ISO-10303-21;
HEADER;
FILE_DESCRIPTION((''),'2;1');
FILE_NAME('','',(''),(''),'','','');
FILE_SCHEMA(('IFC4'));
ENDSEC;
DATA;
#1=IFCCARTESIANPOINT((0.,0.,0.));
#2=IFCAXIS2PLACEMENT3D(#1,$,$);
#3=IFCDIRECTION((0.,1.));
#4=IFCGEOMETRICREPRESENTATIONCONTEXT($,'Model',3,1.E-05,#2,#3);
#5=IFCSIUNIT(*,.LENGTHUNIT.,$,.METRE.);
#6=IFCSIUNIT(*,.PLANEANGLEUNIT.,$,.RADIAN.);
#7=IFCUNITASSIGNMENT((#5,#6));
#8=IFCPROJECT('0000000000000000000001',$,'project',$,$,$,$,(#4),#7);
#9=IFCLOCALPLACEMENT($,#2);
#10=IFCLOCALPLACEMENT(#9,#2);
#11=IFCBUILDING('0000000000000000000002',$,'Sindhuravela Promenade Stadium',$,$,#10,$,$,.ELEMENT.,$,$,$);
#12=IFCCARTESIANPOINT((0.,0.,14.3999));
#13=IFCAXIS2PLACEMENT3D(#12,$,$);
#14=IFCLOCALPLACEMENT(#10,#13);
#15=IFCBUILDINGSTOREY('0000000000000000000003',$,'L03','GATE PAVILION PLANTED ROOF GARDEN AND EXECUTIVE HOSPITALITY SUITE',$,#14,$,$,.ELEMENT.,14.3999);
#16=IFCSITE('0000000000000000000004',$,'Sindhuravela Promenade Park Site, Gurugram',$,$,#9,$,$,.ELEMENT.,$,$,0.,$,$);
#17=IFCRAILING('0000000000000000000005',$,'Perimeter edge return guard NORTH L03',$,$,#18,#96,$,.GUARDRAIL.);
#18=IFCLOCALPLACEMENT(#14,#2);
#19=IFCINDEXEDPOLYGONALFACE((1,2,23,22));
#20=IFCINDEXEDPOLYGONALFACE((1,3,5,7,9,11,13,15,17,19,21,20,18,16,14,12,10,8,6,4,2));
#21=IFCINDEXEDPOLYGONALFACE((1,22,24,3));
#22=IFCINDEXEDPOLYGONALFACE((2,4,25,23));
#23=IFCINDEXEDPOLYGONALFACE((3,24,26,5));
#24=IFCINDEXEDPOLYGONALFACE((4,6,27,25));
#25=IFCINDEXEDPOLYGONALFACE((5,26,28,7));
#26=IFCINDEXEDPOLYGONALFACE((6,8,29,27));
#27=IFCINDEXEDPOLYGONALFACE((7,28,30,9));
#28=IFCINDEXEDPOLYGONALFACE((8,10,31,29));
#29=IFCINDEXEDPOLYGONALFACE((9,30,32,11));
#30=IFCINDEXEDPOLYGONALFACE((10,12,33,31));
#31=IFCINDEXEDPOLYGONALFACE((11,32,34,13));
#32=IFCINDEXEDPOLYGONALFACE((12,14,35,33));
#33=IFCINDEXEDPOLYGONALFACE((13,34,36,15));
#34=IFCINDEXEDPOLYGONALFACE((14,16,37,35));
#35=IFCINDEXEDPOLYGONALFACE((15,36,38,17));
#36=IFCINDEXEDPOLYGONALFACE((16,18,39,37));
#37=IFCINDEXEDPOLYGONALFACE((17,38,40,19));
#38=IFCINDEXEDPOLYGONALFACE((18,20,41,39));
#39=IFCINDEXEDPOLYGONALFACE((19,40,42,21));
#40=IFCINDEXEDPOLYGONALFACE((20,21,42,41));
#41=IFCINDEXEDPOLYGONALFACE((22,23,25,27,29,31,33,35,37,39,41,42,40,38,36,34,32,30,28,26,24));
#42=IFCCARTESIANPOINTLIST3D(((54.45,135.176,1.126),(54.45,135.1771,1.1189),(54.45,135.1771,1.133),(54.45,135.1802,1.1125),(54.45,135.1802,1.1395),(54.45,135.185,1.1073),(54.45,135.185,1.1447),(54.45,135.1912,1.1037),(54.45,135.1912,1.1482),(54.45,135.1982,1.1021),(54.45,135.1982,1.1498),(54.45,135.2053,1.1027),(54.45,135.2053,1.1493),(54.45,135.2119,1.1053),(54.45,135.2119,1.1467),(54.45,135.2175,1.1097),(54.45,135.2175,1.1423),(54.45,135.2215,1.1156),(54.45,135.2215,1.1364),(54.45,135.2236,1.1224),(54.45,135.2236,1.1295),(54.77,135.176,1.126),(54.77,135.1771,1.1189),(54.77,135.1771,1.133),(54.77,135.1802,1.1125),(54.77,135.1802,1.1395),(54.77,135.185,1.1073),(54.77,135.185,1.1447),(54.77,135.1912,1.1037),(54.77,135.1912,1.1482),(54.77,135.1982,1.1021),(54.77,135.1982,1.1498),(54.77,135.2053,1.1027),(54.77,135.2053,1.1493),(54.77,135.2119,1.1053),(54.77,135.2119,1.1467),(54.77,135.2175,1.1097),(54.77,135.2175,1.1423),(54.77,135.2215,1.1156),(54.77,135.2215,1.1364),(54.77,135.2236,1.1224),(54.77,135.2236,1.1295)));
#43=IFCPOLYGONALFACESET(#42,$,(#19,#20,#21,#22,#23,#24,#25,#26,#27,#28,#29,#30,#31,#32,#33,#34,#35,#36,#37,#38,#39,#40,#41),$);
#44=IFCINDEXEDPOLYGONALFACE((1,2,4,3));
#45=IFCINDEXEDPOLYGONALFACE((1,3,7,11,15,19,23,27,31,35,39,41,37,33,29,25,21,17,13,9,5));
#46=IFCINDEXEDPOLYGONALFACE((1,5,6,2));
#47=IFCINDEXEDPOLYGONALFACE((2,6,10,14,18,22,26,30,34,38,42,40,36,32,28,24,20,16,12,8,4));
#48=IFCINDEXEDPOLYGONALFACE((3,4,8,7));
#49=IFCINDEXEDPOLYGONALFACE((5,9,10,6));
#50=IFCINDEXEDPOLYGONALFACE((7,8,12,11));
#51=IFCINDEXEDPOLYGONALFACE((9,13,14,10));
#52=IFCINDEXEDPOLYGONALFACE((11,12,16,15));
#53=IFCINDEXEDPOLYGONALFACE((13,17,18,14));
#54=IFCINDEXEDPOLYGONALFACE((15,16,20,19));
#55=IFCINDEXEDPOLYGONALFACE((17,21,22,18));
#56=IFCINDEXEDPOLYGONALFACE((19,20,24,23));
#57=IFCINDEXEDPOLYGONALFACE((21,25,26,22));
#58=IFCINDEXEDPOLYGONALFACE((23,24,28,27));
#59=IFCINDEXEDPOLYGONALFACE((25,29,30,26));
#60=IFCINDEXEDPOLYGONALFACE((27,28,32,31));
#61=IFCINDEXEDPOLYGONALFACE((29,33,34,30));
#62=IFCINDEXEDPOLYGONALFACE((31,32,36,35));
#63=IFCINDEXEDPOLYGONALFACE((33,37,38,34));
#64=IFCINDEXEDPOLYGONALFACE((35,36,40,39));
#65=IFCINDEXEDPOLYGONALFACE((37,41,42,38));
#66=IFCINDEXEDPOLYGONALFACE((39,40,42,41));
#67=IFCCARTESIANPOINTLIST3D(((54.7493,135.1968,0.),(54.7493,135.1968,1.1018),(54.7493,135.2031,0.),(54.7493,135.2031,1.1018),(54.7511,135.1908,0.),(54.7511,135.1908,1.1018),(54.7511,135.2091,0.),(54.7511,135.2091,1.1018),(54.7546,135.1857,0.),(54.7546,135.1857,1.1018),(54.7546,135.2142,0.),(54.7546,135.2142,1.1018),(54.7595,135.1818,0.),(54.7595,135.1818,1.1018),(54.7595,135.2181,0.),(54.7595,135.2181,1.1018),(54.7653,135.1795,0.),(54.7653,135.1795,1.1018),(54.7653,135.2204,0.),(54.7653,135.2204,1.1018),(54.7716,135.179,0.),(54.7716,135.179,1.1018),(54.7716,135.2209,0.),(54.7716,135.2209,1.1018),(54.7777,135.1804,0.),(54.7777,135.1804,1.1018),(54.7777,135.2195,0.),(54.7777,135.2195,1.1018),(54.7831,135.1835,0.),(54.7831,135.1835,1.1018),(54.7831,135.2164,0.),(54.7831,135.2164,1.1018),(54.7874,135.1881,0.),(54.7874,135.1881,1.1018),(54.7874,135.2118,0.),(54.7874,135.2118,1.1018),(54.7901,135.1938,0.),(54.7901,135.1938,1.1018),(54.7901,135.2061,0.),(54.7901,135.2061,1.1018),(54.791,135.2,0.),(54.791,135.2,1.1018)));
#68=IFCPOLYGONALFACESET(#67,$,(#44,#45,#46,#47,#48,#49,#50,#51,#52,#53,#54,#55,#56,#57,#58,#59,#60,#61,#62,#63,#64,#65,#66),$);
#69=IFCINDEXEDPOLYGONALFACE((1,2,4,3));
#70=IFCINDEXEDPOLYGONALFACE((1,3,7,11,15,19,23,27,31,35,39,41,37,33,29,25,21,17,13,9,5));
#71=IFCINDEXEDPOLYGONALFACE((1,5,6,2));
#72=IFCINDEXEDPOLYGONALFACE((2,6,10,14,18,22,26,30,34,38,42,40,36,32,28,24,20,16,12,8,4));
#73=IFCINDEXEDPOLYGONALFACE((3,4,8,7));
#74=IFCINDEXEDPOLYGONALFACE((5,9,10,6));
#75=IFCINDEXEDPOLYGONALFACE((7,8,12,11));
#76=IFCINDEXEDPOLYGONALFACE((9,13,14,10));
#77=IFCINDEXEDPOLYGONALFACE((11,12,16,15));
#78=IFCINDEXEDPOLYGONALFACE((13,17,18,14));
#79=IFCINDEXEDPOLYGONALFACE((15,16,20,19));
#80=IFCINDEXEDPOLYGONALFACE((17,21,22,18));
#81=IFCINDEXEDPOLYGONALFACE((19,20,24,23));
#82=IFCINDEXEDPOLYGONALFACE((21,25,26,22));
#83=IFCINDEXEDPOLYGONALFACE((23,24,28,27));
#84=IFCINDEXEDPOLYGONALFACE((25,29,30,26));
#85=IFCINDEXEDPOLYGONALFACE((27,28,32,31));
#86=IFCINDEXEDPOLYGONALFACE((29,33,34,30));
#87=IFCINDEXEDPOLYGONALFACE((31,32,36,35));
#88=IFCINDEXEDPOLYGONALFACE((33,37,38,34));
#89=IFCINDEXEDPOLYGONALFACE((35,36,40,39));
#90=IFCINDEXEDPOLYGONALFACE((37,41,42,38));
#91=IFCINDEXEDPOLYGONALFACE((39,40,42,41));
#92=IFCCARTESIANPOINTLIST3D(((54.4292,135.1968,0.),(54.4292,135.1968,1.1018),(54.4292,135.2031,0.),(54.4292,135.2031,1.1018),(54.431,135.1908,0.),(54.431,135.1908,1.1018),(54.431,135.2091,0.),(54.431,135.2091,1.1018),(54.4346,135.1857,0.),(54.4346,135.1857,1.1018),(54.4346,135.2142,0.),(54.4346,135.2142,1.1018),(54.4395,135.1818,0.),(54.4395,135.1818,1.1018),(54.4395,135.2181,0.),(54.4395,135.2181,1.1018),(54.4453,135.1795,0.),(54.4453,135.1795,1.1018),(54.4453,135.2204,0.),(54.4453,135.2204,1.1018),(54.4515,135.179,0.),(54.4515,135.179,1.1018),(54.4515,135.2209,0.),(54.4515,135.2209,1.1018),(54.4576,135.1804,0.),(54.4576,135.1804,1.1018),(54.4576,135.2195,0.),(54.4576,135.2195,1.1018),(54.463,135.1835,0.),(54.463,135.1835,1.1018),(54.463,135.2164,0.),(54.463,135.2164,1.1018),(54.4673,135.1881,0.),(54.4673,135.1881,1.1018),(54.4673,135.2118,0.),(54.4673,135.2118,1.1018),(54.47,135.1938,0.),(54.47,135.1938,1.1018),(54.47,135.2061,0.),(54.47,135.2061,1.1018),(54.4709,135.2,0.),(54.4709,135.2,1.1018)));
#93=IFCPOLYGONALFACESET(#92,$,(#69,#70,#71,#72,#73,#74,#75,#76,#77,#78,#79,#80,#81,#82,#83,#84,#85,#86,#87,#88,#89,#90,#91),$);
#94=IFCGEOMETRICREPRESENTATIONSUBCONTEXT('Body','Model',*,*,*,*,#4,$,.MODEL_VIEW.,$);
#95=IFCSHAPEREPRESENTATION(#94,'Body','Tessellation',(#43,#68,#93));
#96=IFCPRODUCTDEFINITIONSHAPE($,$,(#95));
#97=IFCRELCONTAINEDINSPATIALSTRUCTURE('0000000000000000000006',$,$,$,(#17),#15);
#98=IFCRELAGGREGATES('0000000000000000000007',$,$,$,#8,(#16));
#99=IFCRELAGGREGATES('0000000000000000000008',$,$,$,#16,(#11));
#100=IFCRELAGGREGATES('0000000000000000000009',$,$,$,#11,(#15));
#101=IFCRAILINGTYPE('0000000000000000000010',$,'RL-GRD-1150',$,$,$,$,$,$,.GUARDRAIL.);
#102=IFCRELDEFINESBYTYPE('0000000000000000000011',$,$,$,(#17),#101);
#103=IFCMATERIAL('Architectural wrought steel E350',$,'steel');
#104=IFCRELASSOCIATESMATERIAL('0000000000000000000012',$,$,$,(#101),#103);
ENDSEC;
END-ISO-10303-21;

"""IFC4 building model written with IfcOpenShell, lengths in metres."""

from ifc_helpers import new_model, si_unit, direction, frame, origin, origin_2d, place, context, subcontext, project, spatial, circle, extrude, material, type_object, element, save


model = new_model("IFC4")

# Units and contexts
model_context = context("Model", 3, precision=1e-05, world=origin(), true_north=direction((0.0, 1.0)))
body_context = subcontext(model_context, "Body", "Model", "MODEL_VIEW")
ifc_project = project(units=[si_unit("LENGTHUNIT", "METRE"), si_unit("PLANEANGLEUNIT", "RADIAN")], contexts=[model_context])

# Site, building, storey
site_placement = place(None, origin())
site = spatial("IfcSite", under=ifc_project, at=site_placement, Name="Sindhuravela Promenade Park Site, Gurugram", CompositionType="ELEMENT", RefElevation=0.0)
building_placement = place(site_placement, origin())
building = spatial("IfcBuilding", under=site, at=building_placement, Name="Sindhuravela Promenade Stadium", CompositionType="ELEMENT")
storey_placement = place(building_placement, frame((0.0, 0.0, 14.3999)))
storey = spatial("IfcBuildingStorey", under=building, at=storey_placement, Name="L03", Description="GATE PAVILION PLANTED ROOF GARDEN AND EXECUTIVE HOSPITALITY SUITE", CompositionType="ELEMENT", Elevation=14.3999)

# Railing
ifc_material_1 = material(Name="Architectural wrought steel E350", Category="steel")
railing_type = type_object("IfcRailingType", Name="RL-GRD-1150", PredefinedType="GUARDRAIL", material=ifc_material_1)
railing_1_placement = place(storey_placement, frame((54.77, 135.2, 0.0)))
element("IfcRailing", 1, at=railing_1_placement, inside=storey, type_object=railing_type, Name="Perimeter edge return guard NORTH L03", PredefinedType="GUARDRAIL", context=body_context, shape_type="SweptSolid", body=[
    extrude(circle(Radius=0.0239, at=origin_2d()), frame((0.0, 0.0, 1.126), z_axis=(-1.0, 0.0, 0.0), x_axis=(0.0, -1.0, 0.0)), (0.0, 0.0, 1.0), 0.3201),
    extrude(circle(Radius=0.021, at=origin_2d()), origin(), (0.0, 0.0, 1.0), 1.1018),
    extrude(circle(Radius=0.021, at=origin_2d()), frame((-0.3201, 0.0, 0.0)), (0.0, 0.0, 1.0), 1.1018),
])

save(model, "model.ifc")
